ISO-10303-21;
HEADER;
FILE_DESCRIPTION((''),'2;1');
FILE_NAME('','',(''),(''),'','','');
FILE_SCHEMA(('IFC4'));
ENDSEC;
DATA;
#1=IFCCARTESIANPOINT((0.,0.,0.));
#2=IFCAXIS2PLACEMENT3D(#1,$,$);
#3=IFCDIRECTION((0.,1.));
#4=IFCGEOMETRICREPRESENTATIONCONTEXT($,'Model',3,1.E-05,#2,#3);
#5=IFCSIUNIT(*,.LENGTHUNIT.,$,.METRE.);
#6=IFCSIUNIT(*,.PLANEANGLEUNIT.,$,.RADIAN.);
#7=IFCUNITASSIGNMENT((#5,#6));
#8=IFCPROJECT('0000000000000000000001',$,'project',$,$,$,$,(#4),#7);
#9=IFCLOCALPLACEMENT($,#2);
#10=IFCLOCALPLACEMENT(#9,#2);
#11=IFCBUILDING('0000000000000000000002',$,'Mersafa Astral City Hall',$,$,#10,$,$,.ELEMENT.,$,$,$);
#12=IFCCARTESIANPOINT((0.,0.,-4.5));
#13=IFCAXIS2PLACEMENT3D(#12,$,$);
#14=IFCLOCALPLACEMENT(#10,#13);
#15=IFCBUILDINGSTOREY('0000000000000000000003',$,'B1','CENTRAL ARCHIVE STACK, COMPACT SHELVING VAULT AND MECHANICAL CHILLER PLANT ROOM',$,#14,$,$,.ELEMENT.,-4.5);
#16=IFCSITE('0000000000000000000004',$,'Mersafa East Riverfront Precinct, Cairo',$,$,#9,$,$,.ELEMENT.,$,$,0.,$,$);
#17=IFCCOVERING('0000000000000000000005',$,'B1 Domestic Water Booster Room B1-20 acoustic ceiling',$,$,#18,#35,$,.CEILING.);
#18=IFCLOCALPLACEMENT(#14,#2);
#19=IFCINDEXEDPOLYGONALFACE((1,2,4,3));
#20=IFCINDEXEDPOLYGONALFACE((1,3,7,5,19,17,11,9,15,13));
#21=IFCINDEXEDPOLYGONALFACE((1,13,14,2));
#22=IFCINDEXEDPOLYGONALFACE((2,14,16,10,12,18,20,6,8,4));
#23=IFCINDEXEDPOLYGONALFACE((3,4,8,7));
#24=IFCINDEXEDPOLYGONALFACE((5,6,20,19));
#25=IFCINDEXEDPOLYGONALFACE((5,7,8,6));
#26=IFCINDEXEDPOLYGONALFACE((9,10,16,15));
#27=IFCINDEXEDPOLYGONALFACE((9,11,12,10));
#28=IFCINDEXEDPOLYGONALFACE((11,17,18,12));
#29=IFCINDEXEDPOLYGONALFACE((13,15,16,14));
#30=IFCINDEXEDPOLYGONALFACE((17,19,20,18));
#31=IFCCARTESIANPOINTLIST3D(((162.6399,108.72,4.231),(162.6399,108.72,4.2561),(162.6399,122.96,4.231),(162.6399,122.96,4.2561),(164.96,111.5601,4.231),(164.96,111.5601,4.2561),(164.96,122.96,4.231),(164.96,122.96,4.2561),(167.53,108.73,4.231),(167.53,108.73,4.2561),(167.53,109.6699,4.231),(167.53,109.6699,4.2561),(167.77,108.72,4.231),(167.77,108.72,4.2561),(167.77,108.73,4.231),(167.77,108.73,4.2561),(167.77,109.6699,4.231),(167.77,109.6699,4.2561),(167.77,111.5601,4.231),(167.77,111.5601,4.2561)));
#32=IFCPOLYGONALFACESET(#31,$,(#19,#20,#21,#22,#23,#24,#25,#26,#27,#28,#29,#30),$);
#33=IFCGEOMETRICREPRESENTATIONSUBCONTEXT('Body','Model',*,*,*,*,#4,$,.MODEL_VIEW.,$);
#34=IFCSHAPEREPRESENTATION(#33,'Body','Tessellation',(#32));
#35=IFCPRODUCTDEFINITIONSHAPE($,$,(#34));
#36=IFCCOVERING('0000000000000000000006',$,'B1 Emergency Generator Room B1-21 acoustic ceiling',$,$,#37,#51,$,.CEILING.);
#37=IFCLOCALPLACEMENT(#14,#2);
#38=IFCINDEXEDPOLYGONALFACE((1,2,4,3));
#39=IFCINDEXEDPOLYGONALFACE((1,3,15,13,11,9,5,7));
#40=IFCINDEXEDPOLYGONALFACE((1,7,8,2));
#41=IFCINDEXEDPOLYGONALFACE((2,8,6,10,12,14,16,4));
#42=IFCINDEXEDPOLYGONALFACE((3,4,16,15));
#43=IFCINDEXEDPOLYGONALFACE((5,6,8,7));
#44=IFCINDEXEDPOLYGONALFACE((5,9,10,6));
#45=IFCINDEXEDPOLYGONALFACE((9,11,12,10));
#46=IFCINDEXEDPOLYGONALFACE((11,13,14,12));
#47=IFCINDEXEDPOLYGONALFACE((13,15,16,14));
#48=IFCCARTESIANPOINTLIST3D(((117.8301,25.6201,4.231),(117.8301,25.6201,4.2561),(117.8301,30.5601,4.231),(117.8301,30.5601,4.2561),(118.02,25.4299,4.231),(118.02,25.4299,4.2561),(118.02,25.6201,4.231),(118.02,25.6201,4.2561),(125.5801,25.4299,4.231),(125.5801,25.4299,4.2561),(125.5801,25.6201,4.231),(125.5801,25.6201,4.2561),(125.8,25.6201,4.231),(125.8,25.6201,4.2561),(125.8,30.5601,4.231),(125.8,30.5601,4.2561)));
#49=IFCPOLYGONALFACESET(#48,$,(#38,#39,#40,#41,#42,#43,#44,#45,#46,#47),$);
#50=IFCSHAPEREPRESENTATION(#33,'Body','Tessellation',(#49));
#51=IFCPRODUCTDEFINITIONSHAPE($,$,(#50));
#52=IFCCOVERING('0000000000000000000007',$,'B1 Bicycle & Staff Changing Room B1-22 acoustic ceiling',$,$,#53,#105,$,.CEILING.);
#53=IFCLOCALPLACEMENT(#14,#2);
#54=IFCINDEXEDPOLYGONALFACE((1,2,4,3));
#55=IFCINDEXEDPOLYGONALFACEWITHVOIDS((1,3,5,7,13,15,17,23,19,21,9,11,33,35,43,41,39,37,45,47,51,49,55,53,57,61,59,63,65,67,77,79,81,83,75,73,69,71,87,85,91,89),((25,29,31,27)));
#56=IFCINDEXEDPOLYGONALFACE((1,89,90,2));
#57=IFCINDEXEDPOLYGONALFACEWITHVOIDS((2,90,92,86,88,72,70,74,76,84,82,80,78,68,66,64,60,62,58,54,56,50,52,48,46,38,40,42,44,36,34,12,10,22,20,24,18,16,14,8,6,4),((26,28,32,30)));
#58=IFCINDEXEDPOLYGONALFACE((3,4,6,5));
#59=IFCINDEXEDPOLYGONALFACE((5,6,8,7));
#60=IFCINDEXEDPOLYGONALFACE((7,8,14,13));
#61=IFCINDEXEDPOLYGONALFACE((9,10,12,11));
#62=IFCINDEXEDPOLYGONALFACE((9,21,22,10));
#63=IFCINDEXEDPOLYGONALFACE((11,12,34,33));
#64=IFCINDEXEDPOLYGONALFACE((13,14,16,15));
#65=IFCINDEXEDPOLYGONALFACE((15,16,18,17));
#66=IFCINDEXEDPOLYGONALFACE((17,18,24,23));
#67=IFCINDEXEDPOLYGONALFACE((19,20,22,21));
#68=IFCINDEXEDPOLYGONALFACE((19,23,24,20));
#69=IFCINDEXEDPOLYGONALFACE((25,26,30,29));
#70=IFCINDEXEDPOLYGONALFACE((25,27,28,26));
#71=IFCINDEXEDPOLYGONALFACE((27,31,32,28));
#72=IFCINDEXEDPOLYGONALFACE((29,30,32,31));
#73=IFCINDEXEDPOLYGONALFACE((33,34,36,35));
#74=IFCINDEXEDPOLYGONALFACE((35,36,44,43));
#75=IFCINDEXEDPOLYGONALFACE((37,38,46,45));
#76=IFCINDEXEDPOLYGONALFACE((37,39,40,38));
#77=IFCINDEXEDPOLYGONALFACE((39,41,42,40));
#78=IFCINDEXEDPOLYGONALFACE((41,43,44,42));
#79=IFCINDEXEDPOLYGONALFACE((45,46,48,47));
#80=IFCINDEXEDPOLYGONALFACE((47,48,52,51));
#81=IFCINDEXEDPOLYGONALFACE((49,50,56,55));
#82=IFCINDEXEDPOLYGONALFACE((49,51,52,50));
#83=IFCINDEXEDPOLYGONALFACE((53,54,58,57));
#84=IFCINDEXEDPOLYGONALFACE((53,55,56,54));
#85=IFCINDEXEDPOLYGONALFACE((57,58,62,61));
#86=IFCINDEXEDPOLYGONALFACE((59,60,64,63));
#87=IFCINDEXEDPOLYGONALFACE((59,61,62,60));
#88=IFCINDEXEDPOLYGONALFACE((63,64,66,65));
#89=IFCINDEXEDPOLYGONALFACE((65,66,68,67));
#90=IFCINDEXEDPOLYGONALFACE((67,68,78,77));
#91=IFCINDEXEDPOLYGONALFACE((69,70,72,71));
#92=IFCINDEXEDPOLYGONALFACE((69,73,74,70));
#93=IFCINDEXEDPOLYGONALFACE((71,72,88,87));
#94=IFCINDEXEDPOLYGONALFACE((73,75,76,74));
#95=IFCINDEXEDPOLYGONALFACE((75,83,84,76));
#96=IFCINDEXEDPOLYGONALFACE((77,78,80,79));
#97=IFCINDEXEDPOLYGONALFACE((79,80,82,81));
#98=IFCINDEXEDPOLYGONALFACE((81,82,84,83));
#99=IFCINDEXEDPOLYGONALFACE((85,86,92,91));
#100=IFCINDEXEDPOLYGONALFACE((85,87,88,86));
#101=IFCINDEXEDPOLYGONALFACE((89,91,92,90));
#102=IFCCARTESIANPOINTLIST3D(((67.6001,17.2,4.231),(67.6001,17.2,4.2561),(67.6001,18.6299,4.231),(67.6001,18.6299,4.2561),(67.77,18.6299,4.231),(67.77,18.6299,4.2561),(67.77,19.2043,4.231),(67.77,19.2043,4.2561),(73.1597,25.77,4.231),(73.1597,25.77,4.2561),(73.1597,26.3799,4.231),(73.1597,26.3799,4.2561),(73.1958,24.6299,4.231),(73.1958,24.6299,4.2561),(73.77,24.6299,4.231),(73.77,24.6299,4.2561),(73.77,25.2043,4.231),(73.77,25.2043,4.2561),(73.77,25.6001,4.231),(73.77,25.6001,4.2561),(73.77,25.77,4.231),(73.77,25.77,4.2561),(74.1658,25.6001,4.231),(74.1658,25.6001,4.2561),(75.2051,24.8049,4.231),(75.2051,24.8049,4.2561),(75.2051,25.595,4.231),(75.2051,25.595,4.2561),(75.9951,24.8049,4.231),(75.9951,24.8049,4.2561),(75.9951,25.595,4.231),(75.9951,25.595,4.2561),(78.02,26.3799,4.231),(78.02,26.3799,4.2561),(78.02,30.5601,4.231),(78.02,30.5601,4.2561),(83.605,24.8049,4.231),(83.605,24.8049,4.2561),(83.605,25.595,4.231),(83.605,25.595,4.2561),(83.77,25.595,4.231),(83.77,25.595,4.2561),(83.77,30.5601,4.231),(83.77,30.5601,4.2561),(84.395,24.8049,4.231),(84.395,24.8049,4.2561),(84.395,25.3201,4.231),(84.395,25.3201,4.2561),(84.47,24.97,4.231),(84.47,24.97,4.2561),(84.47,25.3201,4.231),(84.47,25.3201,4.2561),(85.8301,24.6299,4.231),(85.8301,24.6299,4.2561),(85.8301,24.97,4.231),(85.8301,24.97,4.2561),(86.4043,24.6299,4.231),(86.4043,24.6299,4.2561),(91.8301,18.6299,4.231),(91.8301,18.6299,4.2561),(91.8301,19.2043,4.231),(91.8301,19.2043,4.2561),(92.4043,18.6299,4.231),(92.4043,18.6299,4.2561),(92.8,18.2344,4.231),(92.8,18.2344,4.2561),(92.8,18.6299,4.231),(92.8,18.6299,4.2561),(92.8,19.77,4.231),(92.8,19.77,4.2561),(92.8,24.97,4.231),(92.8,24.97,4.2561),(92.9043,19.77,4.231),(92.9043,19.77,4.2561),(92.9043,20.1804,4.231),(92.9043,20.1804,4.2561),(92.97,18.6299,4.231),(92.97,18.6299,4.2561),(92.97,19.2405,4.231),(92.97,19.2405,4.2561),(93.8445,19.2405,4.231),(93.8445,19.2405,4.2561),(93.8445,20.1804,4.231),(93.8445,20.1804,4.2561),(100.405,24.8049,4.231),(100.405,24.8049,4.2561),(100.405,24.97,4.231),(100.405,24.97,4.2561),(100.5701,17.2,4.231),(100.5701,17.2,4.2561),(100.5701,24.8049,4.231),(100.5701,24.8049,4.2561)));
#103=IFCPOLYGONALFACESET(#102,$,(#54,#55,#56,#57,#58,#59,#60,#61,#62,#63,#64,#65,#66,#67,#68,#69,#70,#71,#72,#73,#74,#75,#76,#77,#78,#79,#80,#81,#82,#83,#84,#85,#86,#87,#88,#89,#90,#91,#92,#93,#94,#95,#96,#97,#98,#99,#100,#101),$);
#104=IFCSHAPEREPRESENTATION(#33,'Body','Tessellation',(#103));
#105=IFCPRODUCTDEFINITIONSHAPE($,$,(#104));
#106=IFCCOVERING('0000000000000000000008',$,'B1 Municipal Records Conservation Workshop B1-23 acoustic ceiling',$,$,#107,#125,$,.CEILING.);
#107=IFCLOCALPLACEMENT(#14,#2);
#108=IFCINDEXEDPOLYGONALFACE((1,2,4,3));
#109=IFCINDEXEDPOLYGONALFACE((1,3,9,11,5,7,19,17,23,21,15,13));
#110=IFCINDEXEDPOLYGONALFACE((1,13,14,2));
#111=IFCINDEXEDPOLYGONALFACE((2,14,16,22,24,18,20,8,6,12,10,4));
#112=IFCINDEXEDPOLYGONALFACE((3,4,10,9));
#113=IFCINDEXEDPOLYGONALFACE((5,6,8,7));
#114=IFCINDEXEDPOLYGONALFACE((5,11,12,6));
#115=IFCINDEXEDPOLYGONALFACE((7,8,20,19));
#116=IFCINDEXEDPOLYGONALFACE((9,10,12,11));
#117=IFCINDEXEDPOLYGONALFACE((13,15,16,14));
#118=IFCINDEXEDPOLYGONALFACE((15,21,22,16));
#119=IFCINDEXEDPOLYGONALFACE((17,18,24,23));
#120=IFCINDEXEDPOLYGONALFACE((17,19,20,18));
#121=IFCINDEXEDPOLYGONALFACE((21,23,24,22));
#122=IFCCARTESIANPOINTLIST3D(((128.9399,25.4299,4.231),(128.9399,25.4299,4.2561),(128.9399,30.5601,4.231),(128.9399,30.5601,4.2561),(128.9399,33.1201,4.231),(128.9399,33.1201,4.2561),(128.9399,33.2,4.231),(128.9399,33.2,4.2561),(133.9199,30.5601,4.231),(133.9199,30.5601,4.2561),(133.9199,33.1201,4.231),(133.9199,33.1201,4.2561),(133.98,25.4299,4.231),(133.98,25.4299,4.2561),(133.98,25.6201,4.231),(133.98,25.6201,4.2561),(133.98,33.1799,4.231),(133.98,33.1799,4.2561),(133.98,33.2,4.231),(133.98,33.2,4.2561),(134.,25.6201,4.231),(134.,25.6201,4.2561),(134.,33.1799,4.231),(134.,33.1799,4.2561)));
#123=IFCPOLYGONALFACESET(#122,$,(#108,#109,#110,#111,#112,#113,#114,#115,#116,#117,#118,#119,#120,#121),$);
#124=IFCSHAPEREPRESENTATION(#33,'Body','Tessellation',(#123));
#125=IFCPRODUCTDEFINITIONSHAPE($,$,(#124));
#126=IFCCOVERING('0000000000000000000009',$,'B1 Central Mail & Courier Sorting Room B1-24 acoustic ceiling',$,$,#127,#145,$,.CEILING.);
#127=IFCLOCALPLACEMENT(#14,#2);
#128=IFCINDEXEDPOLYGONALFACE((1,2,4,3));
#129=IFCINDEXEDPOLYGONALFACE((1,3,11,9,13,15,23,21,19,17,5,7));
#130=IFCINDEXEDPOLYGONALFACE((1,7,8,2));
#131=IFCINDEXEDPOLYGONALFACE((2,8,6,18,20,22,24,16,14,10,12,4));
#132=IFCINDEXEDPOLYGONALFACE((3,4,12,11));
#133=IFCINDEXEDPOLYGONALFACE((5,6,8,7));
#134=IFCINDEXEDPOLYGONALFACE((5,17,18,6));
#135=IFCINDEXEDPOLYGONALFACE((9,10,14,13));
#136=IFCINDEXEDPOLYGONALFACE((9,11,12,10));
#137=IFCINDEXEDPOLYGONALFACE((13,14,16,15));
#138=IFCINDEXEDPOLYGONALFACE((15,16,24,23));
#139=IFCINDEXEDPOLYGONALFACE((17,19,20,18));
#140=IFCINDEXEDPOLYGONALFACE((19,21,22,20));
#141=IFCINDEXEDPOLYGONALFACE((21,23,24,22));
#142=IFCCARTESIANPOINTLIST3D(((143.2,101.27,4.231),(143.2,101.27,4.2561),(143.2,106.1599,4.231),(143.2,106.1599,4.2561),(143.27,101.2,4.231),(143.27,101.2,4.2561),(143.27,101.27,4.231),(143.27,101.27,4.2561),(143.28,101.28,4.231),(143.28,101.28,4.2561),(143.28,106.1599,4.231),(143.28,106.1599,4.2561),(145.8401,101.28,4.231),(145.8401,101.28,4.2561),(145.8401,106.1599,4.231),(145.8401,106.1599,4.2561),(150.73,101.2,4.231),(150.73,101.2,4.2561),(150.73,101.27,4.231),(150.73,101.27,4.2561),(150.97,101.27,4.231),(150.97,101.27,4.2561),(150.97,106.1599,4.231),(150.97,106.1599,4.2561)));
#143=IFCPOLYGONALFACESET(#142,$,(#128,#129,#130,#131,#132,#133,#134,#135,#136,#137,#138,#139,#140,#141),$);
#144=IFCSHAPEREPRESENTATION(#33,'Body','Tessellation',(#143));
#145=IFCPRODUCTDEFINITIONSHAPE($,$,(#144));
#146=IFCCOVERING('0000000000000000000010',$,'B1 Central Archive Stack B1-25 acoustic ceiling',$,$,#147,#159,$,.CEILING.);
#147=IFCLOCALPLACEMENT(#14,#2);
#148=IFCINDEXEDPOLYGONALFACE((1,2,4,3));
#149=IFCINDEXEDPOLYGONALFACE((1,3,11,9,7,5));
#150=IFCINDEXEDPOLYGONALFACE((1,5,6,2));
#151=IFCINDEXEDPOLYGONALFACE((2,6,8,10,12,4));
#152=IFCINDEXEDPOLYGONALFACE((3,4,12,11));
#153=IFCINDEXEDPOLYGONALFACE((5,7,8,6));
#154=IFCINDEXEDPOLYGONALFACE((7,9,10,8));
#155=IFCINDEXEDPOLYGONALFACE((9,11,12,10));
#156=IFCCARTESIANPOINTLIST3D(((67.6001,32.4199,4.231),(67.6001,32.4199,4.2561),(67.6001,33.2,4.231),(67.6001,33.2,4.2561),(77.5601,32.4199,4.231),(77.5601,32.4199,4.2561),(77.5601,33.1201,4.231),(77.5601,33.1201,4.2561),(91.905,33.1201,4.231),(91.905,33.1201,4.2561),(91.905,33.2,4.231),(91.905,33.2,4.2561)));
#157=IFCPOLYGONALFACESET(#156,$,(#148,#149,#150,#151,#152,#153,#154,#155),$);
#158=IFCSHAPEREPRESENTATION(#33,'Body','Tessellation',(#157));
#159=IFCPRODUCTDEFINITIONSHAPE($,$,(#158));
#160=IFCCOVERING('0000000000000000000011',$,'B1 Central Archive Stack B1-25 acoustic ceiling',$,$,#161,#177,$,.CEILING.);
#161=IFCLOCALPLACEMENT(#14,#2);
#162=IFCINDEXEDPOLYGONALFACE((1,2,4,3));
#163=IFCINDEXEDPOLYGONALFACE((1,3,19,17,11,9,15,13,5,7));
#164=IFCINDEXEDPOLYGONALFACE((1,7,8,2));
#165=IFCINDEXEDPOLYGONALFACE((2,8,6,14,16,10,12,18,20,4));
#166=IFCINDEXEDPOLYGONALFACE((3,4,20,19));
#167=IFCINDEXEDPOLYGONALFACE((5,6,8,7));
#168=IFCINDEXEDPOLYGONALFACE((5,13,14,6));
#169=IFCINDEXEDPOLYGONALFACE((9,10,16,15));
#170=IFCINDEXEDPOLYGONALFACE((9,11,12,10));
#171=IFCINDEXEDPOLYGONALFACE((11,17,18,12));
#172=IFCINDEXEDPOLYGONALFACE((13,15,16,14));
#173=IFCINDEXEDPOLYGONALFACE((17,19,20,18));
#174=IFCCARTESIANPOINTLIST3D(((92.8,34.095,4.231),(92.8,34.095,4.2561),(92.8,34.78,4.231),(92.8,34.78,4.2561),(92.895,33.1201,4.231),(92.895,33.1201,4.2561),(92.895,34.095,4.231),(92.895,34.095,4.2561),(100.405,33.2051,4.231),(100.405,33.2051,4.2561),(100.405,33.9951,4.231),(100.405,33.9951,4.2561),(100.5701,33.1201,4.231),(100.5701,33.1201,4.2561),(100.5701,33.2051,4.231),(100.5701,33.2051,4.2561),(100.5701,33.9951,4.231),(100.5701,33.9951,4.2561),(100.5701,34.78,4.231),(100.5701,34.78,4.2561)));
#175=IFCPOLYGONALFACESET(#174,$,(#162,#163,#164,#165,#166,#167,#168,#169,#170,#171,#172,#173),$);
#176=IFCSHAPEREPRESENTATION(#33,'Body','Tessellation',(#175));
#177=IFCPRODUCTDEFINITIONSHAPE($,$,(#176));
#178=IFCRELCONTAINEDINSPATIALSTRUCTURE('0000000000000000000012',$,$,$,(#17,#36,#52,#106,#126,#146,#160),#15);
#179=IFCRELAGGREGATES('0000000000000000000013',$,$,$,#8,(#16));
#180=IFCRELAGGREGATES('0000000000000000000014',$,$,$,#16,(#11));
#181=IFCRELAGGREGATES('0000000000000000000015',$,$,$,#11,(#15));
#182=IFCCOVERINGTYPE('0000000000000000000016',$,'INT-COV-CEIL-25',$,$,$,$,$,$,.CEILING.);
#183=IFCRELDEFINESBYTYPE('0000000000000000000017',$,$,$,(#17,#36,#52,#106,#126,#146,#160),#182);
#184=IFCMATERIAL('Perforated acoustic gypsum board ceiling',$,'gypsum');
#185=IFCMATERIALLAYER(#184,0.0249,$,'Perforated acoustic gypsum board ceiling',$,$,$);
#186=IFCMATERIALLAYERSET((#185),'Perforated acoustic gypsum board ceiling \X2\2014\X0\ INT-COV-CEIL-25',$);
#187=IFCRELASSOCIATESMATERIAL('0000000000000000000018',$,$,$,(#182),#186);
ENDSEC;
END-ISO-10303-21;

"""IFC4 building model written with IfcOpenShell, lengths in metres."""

from ifc_helpers import new_model, si_unit, direction, frame, origin, place, context, subcontext, project, spatial, polyline, outline, extrude, material, layer, layer_set, type_object, element, save


model = new_model("IFC4")

# Units and contexts
model_context = context("Model", 3, precision=1e-05, world=origin(), true_north=direction((0.0, 1.0)))
body_context = subcontext(model_context, "Body", "Model", "MODEL_VIEW")
ifc_project = project(units=[si_unit("LENGTHUNIT", "METRE"), si_unit("PLANEANGLEUNIT", "RADIAN")], contexts=[model_context])

# Site, building, storey
site_placement = place(None, origin())
site = spatial("IfcSite", under=ifc_project, at=site_placement, Name="Mersafa East Riverfront Precinct, Cairo", CompositionType="ELEMENT", RefElevation=0.0)
building_placement = place(site_placement, origin())
building = spatial("IfcBuilding", under=site, at=building_placement, Name="Mersafa Astral City Hall", CompositionType="ELEMENT")
storey_placement = place(building_placement, frame((0.0, 0.0, -4.5)))
storey = spatial("IfcBuildingStorey", under=building, at=storey_placement, Name="B1", Description="CENTRAL ARCHIVE STACK, COMPACT SHELVING VAULT AND MECHANICAL CHILLER PLANT ROOM", CompositionType="ELEMENT", Elevation=-4.5)

# Coverings
ifc_material_1 = material(Name="Perforated acoustic gypsum board ceiling", Category="gypsum")
ifc_layer_1 = layer(ifc_material_1, 0.0249, Name="Perforated acoustic gypsum board ceiling")
ifc_layer_set_1 = layer_set([ifc_layer_1], Name="Perforated acoustic gypsum board ceiling — INT-COV-CEIL-25")
covering_type_1 = type_object("IfcCoveringType", Name="INT-COV-CEIL-25", PredefinedType="CEILING", material=ifc_layer_set_1)
covering_1_placement = place(storey_placement, frame((0.0, 0.0, 4.231)))
element("IfcCovering", 1, at=covering_1_placement, inside=storey, type_object=covering_type_1, Name="B1 Domestic Water Booster Room B1-20 acoustic ceiling", PredefinedType="CEILING", context=body_context, shape_type="SweptSolid", body=[
    extrude(outline(polyline([(164.96, 122.96), (164.96, 111.5601), (167.77, 111.5601), (167.77, 109.6699), (167.53, 109.6699), (167.53, 108.73), (167.77, 108.73), (167.77, 108.72), (162.6399, 108.72), (162.6399, 122.96), (164.96, 122.96)])), origin(), (0.0, 0.0, 1.0), 0.0251),
])
covering_2_placement = place(storey_placement, frame((0.0, 0.0, 4.231)))
element("IfcCovering", 2, at=covering_2_placement, inside=storey, type_object=covering_type_1, Name="B1 Emergency Generator Room B1-21 acoustic ceiling", PredefinedType="CEILING", context=body_context, shape_type="SweptSolid", body=[
    extrude(outline(polyline([(125.5801, 25.6201), (125.5801, 25.4299), (118.02, 25.4299), (118.02, 25.6201), (117.8301, 25.6201), (117.8301, 30.5601), (125.8, 30.5601), (125.8, 25.6201), (125.5801, 25.6201)])), origin(), (0.0, 0.0, 1.0), 0.0251),
])
covering_3_placement = place(storey_placement, frame((0.0, 0.0, 4.231)))
element("IfcCovering", 3, at=covering_3_placement, inside=storey, type_object=covering_type_1, Name="B1 Bicycle & Staff Changing Room B1-22 acoustic ceiling", PredefinedType="CEILING", context=body_context, shape_type="SweptSolid", body=[
    extrude(outline(polyline([(73.1597, 26.3799), (78.02, 26.3799), (78.02, 30.5601), (83.77, 30.5601), (83.77, 25.595), (83.605, 25.595), (83.605, 24.8049), (84.395, 24.8049), (84.395, 25.3201), (84.47, 25.3201), (84.47, 24.97), (85.8301, 24.97), (85.8301, 24.6299), (86.4043, 24.6299), (91.8301, 19.2043), (91.8301, 18.6299), (92.4043, 18.6299), (92.8, 18.2344), (92.8, 18.6299), (92.97, 18.6299), (92.97, 19.2405), (93.8445, 19.2405), (93.8445, 20.1804), (92.9043, 20.1804), (92.9043, 19.77), (92.8, 19.77), (92.8, 24.97), (100.405, 24.97), (100.405, 24.8049), (100.5701, 24.8049), (100.5701, 17.2), (67.6001, 17.2), (67.6001, 18.6299), (67.77, 18.6299), (67.77, 19.2043), (73.1958, 24.6299), (73.77, 24.6299), (73.77, 25.2043), (74.1658, 25.6001), (73.77, 25.6001), (73.77, 25.77), (73.1597, 25.77), (73.1597, 26.3799)]), holes=[polyline([(75.2051, 24.8049), (75.9951, 24.8049), (75.9951, 25.595), (75.2051, 25.595), (75.2051, 24.8049)])]), origin(), (0.0, 0.0, 1.0), 0.0251),
])
covering_4_placement = place(storey_placement, frame((0.0, 0.0, 4.231)))
element("IfcCovering", 4, at=covering_4_placement, inside=storey, type_object=covering_type_1, Name="B1 Municipal Records Conservation Workshop B1-23 acoustic ceiling", PredefinedType="CEILING", context=body_context, shape_type="SweptSolid", body=[
    extrude(outline(polyline([(128.9399, 30.5601), (133.9199, 30.5601), (133.9199, 33.1201), (128.9399, 33.1201), (128.9399, 33.2), (133.98, 33.2), (133.98, 33.1799), (134.0, 33.1799), (134.0, 25.6201), (133.98, 25.6201), (133.98, 25.4299), (128.9399, 25.4299), (128.9399, 30.5601)])), origin(), (0.0, 0.0, 1.0), 0.0251),
])
covering_5_placement = place(storey_placement, frame((0.0, 0.0, 4.231)))
element("IfcCovering", 5, at=covering_5_placement, inside=storey, type_object=covering_type_1, Name="B1 Central Mail & Courier Sorting Room B1-24 acoustic ceiling", PredefinedType="CEILING", context=body_context, shape_type="SweptSolid", body=[
    extrude(outline(polyline([(143.27, 101.27), (143.2, 101.27), (143.2, 106.1599), (143.28, 106.1599), (143.28, 101.28), (145.8401, 101.28), (145.8401, 106.1599), (150.97, 106.1599), (150.97, 101.27), (150.73, 101.27), (150.73, 101.2), (143.27, 101.2), (143.27, 101.27)])), origin(), (0.0, 0.0, 1.0), 0.0251),
])
covering_6_placement = place(storey_placement, frame((0.0, 0.0, 4.231)))
element("IfcCovering", 6, at=covering_6_placement, inside=storey, type_object=covering_type_1, Name="B1 Central Archive Stack B1-25 acoustic ceiling", PredefinedType="CEILING", context=body_context, shape_type="SweptSolid", body=[
    extrude(outline(polyline([(77.5601, 33.1201), (77.5601, 32.4199), (67.6001, 32.4199), (67.6001, 33.2), (91.905, 33.2), (91.905, 33.1201), (77.5601, 33.1201)])), origin(), (0.0, 0.0, 1.0), 0.0251),
])
covering_7_placement = place(storey_placement, frame((0.0, 0.0, 4.231)))
element("IfcCovering", 7, at=covering_7_placement, inside=storey, type_object=covering_type_1, Name="B1 Central Archive Stack B1-25 acoustic ceiling", PredefinedType="CEILING", context=body_context, shape_type="SweptSolid", body=[
    extrude(outline(polyline([(92.895, 34.095), (92.8, 34.095), (92.8, 34.78), (100.5701, 34.78), (100.5701, 33.9951), (100.405, 33.9951), (100.405, 33.2051), (100.5701, 33.2051), (100.5701, 33.1201), (92.895, 33.1201), (92.895, 34.095)])), origin(), (0.0, 0.0, 1.0), 0.0251),
])

save(model, "model.ifc")
